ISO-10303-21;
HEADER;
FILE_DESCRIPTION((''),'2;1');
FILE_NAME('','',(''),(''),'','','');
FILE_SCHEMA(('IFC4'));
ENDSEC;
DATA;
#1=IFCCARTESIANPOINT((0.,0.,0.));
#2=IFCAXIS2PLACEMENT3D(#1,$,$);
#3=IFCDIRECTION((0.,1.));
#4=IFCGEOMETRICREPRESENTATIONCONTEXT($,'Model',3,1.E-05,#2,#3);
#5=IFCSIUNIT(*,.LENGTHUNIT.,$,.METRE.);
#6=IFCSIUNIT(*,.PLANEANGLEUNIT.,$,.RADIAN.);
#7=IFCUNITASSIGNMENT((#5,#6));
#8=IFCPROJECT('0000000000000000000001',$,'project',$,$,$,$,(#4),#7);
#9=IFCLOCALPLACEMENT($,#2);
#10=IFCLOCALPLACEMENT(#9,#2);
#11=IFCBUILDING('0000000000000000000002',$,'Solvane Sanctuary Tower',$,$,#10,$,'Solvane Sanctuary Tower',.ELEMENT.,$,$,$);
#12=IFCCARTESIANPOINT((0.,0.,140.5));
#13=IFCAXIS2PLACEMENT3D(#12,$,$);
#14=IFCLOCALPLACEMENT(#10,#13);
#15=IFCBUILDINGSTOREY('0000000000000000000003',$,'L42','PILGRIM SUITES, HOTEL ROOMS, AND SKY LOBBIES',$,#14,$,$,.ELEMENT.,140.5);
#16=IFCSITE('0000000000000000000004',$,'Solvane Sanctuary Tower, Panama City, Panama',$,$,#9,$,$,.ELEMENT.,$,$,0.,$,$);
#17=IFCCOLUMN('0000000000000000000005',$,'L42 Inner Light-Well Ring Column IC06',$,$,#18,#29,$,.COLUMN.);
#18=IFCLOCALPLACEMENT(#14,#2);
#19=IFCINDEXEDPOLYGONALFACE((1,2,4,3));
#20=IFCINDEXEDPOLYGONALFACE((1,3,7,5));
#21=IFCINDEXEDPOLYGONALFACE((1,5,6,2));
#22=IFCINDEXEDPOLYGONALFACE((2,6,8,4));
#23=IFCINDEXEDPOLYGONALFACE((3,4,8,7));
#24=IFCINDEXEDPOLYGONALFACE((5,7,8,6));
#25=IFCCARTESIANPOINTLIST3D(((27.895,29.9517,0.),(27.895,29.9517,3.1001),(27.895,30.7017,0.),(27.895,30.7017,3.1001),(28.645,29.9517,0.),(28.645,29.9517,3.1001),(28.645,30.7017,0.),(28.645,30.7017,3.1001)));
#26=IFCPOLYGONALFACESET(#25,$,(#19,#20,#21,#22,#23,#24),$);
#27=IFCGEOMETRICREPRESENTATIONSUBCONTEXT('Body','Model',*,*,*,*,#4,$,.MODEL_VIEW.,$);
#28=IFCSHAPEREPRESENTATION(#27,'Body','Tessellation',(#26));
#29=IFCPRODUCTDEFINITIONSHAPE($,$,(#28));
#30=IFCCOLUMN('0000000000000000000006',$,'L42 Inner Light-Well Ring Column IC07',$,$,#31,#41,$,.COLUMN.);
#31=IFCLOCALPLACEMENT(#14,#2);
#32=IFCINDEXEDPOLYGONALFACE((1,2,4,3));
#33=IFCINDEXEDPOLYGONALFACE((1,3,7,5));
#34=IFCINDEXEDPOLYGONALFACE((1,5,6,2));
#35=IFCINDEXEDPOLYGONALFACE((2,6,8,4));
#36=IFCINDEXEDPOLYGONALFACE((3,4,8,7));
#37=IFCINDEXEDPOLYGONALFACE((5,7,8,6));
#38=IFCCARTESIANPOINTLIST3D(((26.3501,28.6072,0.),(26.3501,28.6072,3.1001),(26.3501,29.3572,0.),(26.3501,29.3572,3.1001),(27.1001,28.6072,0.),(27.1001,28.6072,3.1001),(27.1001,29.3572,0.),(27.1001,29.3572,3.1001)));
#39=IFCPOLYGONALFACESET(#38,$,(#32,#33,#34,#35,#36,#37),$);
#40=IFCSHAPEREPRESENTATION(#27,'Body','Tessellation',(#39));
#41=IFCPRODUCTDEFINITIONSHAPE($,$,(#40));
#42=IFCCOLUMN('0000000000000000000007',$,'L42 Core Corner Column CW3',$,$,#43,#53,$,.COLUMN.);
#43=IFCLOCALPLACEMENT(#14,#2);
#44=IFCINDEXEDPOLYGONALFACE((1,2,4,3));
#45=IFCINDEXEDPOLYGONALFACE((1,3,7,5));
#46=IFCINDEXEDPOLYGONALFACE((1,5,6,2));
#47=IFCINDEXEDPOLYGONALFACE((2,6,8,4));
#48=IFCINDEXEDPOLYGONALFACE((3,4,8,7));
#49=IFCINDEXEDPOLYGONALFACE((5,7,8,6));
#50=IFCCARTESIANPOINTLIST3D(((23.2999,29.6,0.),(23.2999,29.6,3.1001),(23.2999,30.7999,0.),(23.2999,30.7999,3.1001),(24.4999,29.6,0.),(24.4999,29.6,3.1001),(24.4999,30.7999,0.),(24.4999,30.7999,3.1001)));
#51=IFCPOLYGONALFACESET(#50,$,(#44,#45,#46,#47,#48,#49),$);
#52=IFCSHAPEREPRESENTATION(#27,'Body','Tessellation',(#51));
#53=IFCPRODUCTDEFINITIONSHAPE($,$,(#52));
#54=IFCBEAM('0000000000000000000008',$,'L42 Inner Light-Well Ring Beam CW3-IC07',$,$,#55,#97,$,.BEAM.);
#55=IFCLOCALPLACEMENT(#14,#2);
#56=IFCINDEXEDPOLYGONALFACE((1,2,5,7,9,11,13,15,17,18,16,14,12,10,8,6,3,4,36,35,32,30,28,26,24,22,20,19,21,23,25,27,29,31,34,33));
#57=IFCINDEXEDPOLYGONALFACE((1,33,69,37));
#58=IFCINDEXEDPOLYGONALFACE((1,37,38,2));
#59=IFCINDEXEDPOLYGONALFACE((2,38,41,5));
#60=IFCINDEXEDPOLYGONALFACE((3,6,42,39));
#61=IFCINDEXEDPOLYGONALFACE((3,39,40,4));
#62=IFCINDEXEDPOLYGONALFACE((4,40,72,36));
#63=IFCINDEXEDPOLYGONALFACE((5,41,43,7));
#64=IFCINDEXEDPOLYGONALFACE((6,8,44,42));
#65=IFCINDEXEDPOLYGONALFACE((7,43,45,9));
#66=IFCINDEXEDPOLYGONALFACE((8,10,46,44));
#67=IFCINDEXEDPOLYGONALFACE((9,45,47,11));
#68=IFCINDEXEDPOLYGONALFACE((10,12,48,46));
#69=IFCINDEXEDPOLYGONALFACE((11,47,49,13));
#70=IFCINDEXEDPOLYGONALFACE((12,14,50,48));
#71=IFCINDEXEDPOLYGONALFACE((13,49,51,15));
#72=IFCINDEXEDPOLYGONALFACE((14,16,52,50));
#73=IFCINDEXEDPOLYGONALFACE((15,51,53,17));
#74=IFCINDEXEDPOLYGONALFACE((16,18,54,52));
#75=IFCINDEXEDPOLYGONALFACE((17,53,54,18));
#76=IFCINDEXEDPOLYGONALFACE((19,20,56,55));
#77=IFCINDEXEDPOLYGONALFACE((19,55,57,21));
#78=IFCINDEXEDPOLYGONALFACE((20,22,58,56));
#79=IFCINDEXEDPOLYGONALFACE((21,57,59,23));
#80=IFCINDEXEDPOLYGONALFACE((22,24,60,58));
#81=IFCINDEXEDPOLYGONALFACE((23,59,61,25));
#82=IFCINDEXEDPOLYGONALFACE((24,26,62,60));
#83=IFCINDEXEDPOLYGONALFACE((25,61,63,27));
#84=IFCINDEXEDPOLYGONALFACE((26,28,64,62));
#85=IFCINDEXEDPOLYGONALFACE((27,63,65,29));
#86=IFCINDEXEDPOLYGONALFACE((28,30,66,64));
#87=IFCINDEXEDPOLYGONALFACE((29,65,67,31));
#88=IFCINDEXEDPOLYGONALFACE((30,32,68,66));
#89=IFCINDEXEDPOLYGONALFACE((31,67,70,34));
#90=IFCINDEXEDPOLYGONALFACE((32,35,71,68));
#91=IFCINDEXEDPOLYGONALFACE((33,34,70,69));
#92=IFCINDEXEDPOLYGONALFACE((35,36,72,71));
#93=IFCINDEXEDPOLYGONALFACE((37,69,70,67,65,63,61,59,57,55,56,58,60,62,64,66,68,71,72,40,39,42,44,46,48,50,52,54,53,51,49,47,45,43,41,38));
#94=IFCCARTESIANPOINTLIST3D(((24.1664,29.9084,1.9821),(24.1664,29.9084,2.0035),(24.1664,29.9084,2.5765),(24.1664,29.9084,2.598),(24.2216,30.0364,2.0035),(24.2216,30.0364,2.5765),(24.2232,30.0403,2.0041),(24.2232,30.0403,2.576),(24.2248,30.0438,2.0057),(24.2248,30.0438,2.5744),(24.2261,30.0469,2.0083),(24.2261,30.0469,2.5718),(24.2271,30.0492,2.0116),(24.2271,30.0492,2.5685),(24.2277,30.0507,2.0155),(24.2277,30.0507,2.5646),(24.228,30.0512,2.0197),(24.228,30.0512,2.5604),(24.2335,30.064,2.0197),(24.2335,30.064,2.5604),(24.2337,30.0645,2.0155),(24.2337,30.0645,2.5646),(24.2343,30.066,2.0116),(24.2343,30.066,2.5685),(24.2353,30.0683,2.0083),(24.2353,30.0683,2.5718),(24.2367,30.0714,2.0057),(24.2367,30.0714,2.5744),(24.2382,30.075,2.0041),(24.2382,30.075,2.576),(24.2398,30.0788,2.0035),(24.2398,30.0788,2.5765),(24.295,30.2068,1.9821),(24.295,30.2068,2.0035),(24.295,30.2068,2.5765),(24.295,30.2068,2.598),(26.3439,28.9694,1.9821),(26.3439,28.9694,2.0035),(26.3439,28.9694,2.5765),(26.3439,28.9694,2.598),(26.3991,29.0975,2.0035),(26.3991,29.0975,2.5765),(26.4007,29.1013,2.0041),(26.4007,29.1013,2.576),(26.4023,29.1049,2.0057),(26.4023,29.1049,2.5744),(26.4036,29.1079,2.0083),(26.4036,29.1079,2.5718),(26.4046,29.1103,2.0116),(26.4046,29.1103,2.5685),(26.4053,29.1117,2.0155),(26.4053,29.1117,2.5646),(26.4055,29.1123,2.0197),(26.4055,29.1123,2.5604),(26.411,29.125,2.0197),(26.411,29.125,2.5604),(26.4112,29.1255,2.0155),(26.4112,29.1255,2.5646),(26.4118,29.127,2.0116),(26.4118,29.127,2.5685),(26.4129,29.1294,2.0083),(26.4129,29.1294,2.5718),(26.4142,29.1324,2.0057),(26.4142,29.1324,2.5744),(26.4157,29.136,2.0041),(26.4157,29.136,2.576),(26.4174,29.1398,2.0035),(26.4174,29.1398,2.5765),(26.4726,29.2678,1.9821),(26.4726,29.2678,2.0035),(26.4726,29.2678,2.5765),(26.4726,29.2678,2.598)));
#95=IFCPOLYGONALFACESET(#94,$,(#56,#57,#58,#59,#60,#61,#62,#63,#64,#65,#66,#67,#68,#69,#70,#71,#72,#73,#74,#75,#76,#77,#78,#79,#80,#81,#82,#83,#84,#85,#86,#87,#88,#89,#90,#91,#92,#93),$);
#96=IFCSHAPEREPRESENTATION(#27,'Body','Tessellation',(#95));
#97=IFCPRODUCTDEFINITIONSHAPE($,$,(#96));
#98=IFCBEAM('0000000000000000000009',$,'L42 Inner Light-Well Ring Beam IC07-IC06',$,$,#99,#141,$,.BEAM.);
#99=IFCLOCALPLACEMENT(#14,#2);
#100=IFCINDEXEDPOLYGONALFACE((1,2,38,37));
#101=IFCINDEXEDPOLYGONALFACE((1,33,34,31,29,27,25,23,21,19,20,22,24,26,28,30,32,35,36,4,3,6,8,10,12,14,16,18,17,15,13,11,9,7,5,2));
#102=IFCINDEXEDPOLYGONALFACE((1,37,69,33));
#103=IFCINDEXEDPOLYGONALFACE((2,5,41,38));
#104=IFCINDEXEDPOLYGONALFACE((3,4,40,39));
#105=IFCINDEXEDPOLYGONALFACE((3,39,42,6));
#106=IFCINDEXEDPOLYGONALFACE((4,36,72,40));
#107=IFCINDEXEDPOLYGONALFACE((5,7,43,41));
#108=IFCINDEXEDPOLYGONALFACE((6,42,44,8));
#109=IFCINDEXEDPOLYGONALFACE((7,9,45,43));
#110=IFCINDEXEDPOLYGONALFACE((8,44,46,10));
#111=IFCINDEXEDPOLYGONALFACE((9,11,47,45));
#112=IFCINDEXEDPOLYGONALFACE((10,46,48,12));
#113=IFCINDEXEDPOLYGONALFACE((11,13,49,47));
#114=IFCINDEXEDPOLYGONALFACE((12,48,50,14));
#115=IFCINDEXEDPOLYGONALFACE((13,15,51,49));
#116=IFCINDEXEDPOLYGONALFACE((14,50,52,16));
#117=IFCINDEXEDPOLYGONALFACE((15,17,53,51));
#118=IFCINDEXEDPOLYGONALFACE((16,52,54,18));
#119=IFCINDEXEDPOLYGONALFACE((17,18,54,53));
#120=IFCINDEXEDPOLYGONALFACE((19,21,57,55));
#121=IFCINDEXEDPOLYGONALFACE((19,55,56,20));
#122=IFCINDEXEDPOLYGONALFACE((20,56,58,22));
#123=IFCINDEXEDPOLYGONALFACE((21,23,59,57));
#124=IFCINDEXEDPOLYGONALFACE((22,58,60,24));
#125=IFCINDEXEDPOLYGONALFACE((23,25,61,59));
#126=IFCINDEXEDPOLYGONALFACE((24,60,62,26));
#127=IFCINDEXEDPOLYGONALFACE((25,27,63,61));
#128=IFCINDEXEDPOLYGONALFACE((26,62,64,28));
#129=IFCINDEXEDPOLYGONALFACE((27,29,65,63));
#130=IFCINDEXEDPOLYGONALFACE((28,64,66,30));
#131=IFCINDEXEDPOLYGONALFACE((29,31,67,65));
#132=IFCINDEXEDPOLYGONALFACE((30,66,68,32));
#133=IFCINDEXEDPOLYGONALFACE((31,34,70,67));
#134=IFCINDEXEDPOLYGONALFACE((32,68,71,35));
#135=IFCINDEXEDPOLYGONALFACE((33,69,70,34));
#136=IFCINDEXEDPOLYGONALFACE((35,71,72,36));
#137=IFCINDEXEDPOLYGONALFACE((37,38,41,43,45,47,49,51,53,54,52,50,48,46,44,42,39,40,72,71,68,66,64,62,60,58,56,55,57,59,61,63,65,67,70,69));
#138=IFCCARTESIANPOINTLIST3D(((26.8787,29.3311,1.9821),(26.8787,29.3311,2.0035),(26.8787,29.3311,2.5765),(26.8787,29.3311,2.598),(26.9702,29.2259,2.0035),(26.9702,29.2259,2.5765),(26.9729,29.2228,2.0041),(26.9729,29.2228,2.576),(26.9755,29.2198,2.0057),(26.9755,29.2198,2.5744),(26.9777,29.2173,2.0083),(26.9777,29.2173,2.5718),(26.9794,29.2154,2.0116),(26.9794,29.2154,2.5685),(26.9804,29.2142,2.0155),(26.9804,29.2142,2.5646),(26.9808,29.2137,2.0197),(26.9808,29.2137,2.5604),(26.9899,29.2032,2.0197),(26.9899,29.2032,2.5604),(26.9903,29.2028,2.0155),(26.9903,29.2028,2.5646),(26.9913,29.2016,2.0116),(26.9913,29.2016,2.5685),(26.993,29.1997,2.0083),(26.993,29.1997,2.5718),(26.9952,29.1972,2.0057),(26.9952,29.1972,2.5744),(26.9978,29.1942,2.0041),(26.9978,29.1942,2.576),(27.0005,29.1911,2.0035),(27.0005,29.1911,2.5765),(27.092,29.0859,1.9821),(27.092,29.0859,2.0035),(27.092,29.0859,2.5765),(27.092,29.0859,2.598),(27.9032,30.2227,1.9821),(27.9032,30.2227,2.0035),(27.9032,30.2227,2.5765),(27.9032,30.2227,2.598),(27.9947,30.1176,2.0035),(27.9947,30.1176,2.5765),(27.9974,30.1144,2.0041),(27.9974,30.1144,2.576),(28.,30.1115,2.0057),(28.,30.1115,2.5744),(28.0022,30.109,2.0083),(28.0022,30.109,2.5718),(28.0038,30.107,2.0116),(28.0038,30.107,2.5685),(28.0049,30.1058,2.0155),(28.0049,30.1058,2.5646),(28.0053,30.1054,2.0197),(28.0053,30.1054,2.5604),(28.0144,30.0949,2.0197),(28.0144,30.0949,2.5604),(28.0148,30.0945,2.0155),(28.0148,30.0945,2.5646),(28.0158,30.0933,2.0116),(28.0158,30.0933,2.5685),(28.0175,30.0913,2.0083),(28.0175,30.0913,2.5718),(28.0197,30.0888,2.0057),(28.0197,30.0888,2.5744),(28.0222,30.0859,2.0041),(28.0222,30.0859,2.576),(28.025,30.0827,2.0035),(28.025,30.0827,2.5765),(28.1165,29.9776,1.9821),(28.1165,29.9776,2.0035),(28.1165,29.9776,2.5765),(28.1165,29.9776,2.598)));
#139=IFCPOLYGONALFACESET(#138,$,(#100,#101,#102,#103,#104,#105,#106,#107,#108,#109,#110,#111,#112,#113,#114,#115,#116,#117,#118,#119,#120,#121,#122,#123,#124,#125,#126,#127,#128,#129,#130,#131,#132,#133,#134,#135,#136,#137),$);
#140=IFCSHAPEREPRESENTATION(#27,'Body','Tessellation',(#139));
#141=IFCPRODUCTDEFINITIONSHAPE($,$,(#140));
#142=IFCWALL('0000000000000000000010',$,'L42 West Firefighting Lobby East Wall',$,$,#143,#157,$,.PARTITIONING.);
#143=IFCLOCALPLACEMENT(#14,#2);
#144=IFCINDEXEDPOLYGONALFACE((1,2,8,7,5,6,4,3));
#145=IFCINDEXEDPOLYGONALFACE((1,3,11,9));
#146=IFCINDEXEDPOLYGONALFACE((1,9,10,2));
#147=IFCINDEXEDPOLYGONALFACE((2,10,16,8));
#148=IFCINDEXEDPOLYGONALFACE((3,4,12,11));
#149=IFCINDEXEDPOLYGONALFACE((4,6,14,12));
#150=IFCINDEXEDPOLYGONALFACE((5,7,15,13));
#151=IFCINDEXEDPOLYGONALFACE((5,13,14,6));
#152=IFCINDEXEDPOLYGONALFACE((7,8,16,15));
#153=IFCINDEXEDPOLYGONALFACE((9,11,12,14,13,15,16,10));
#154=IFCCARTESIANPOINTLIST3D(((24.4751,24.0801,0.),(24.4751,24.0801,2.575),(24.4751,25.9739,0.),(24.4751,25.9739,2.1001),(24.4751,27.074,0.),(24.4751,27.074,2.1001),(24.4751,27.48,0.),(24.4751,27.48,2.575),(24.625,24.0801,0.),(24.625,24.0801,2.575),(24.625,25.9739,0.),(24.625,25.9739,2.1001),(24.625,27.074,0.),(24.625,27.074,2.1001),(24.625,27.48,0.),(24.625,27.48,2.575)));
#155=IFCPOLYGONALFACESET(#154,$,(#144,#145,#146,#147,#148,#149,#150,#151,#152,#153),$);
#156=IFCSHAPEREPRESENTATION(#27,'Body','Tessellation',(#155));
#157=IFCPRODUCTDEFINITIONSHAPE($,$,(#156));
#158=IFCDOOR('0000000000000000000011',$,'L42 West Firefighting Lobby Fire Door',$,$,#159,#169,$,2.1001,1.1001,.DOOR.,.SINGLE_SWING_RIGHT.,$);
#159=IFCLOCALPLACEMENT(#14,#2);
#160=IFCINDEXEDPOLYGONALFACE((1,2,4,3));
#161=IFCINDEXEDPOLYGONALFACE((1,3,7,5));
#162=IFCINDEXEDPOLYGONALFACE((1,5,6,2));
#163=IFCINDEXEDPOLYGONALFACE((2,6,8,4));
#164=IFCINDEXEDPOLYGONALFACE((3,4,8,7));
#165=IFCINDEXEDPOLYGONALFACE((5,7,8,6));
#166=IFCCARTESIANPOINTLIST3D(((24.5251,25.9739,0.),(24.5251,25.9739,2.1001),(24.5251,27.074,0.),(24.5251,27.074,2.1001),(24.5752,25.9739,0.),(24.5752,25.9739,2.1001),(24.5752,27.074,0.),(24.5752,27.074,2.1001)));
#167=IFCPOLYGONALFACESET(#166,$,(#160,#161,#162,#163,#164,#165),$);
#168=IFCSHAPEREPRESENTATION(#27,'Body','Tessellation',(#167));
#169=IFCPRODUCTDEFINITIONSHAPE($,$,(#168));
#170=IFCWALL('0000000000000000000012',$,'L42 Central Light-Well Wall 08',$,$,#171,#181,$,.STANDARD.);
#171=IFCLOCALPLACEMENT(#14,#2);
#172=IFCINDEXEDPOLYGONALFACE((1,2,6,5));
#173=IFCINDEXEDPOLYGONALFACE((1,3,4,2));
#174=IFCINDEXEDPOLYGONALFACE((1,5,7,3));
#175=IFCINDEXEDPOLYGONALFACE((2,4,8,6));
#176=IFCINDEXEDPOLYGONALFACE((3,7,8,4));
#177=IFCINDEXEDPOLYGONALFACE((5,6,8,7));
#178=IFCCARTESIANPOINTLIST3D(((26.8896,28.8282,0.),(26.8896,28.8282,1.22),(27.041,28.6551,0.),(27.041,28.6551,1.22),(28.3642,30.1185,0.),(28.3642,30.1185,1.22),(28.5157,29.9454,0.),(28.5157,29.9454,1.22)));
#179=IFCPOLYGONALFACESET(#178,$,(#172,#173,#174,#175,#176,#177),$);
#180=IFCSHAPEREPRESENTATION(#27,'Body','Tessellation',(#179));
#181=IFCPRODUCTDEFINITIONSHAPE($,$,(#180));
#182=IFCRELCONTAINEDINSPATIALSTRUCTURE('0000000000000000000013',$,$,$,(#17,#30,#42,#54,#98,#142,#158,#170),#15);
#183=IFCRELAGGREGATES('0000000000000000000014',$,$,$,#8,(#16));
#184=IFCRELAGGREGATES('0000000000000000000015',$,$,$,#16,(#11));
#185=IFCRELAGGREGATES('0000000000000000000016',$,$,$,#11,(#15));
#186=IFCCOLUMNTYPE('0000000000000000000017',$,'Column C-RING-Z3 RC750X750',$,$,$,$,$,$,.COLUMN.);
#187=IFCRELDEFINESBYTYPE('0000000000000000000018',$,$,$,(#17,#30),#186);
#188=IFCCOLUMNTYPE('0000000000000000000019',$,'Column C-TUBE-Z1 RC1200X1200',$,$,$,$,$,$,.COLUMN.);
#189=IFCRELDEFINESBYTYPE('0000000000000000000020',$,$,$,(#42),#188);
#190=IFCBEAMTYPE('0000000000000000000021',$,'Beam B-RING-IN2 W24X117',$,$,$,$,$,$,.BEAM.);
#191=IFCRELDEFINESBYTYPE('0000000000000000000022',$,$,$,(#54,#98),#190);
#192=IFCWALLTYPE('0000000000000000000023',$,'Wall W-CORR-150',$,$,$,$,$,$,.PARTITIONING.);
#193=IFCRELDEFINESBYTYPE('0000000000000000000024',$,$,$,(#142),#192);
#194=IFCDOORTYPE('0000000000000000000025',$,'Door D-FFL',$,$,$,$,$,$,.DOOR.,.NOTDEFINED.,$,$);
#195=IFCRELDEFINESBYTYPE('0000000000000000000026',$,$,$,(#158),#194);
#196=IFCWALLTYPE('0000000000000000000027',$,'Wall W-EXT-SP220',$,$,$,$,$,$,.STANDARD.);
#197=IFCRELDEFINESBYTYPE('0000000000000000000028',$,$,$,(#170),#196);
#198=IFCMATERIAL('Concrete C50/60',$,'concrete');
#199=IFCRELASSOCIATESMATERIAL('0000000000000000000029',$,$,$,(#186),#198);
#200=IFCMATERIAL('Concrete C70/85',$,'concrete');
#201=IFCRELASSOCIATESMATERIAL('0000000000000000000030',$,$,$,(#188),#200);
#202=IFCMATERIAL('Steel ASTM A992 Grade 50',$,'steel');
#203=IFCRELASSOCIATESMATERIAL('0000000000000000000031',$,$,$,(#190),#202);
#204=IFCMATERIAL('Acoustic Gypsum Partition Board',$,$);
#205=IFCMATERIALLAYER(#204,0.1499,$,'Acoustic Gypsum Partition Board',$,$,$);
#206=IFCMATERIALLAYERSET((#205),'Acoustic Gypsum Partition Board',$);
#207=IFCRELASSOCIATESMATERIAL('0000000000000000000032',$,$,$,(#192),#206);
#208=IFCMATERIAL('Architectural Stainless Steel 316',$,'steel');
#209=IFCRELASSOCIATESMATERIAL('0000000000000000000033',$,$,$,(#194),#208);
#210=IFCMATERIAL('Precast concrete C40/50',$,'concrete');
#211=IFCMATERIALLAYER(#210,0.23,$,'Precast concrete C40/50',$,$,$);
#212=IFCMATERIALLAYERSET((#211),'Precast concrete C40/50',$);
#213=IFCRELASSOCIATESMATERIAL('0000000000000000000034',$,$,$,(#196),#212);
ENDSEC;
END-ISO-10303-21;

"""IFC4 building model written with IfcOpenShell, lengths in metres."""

from ifc_helpers import new_model, si_unit, direction, frame, frame_2d, origin, origin_2d, place, context, subcontext, project, spatial, rectangle, i_section, extrude, material, layer, layer_set, material_profile, profile_set, type_object, element, fill, save


model = new_model("IFC4")

# Units and contexts
model_context = context("Model", 3, precision=1e-05, world=origin(), true_north=direction((0.0, 1.0)))
body_context = subcontext(model_context, "Body", "Model", "MODEL_VIEW")
ifc_project = project(units=[si_unit("LENGTHUNIT", "METRE"), si_unit("PLANEANGLEUNIT", "RADIAN")], contexts=[model_context])

# Site, building, storey
site_placement = place(None, origin())
site = spatial("IfcSite", under=ifc_project, at=site_placement, Name="Solvane Sanctuary Tower, Panama City, Panama", CompositionType="ELEMENT", RefElevation=0.0)
building_placement = place(site_placement, origin())
building = spatial("IfcBuilding", under=site, at=building_placement, Name="Solvane Sanctuary Tower", LongName="Solvane Sanctuary Tower", CompositionType="ELEMENT")
storey_placement = place(building_placement, frame((0.0, 0.0, 140.5)))
storey = spatial("IfcBuildingStorey", under=building, at=storey_placement, Name="L42", Description="PILGRIM SUITES, HOTEL ROOMS, AND SKY LOBBIES", CompositionType="ELEMENT", Elevation=140.5)

# Columns
ifc_material_1 = material(Name="Concrete C50/60", Category="concrete")
ifc_material_profile_1 = material_profile(ifc_material_1, rectangle(XDim=0.75, YDim=0.75, at=origin_2d()), Name="RC750X750")
ifc_profile_set_1 = profile_set([ifc_material_profile_1], Name="Concrete C50/60")
column_type_1 = type_object("IfcColumnType", Name="Column C-RING-Z3 RC750X750", PredefinedType="COLUMN", material=ifc_profile_set_1)
for number, where, z_axis, x_axis, name in (
    (1, (28.27, 30.3267, 0.0), (0.0, 0.0, 1.0), (1.0, 0.0, 0.0), "L42 Inner Light-Well Ring Column IC06"),
    (2, (26.7251, 28.9822, 0.0), (0.0, 0.0, 1.0), (1.0, 0.0, 0.0), "L42 Inner Light-Well Ring Column IC07"),
):
    element("IfcColumn", number, at=place(storey_placement, frame(where, z_axis=z_axis, x_axis=x_axis)), inside=storey, type_object=column_type_1, Name=name, PredefinedType="COLUMN", context=body_context, shape_type="SweptSolid", body=[
        extrude(rectangle(XDim=0.75, YDim=0.75, at=origin_2d()), origin(), (0.0, 0.0, 1.0), 3.1001),
    ])
ifc_material_2 = material(Name="Concrete C70/85", Category="concrete")
ifc_material_profile_2 = material_profile(ifc_material_2, rectangle(XDim=1.2, YDim=1.2, at=origin_2d()), Name="RC1200X1200")
ifc_profile_set_2 = profile_set([ifc_material_profile_2], Name="Concrete C70/85")
column_type_2 = type_object("IfcColumnType", Name="Column C-TUBE-Z1 RC1200X1200", PredefinedType="COLUMN", material=ifc_profile_set_2)
column_placement = place(storey_placement, frame((23.8999, 30.2, 0.0), z_axis=(0.0, 0.0, 1.0), x_axis=(1.0, 0.0, 0.0)))
element("IfcColumn", 3, at=column_placement, inside=storey, type_object=column_type_2, Name="L42 Core Corner Column CW3", PredefinedType="COLUMN", context=body_context, shape_type="SweptSolid", body=[
    extrude(rectangle(XDim=1.2, YDim=1.2, at=origin_2d()), origin(), (0.0, 0.0, 1.0), 3.1001),
])

# Beams
ifc_material_3 = material(Name="Steel ASTM A992 Grade 50", Category="steel")
ifc_material_profile_3 = material_profile(ifc_material_3, i_section(OverallWidth=0.325, OverallDepth=0.616, WebThickness=0.0139, FlangeThickness=0.0215, FilletRadius=0.0161, at=origin_2d()), Name="W24X117")
ifc_profile_set_3 = profile_set([ifc_material_profile_3], Name="Steel ASTM A992 Grade 50")
beam_type = type_object("IfcBeamType", Name="Beam B-RING-IN2 W24X117", PredefinedType="BEAM", material=ifc_profile_set_3)
beam_1_placement = place(storey_placement, frame((24.2307, 30.0576, 2.29), z_axis=(0.918264, -0.395969, 0.0), x_axis=(0.395969, 0.918264, 0.0)))
element("IfcBeam", 4, at=beam_1_placement, inside=storey, type_object=beam_type, Name="L42 Inner Light-Well Ring Beam CW3-IC07", PredefinedType="BEAM", context=body_context, shape_type="SweptSolid", body=[
    extrude(i_section(OverallWidth=0.325, OverallDepth=0.616, WebThickness=0.0139, FlangeThickness=0.0215, FilletRadius=0.0161, at=origin_2d()), origin(), (0.0, 0.0, 1.0), 2.3713),
])
beam_2_placement = place(storey_placement, frame((26.9854, 29.2085, 2.29), z_axis=(0.754311, 0.656517, 0.0), x_axis=(-0.656517, 0.754311, 0.0)))
element("IfcBeam", 5, at=beam_2_placement, inside=storey, type_object=beam_type, Name="L42 Inner Light-Well Ring Beam IC07-IC06", PredefinedType="BEAM", context=body_context, shape_type="SweptSolid", body=[
    extrude(i_section(OverallWidth=0.325, OverallDepth=0.616, WebThickness=0.0139, FlangeThickness=0.0215, FilletRadius=0.0161, at=origin_2d()), origin(), (0.0, 0.0, 1.0), 1.3582),
])

# Wall, opening, door
ifc_material_4 = material(Name="Acoustic Gypsum Partition Board")
ifc_layer_1 = layer(ifc_material_4, 0.1499, Name="Acoustic Gypsum Partition Board")
ifc_layer_set_1 = layer_set([ifc_layer_1], Name="Acoustic Gypsum Partition Board")
wall_type_1 = type_object("IfcWallType", Name="Wall W-CORR-150", PredefinedType="PARTITIONING", material=ifc_layer_set_1)
wall_1_placement = place(storey_placement, frame((24.55, 24.0801, 0.0), z_axis=(0.0, 0.0, 1.0), x_axis=(0.0, 1.0, 0.0)))
wall_1 = element("IfcWall", 6, at=wall_1_placement, inside=storey, type_object=wall_type_1, Name="L42 West Firefighting Lobby East Wall", PredefinedType="PARTITIONING", context=body_context, shape_type="SweptSolid", body=[
    extrude(rectangle(XDim=3.3999, YDim=0.1499, at=frame_2d((1.7, 0.0))), origin(), (0.0, 0.0, 1.0), 2.575),
])
opening_1_placement = place(wall_1_placement, frame((1.8938, 0.0, 0.0)))
opening_1 = element("IfcOpeningElement", 7, at=opening_1_placement, cuts=wall_1, PredefinedType="OPENING", context=body_context, shape_type="SweptSolid", body=[
    extrude(rectangle(XDim=1.1001, YDim=2.1001, at=frame_2d((0.55, 1.05))), frame((0.0, 0.085, 0.0), z_axis=(0.0, -1.0, 0.0), x_axis=(1.0, 0.0, 0.0)), (0.0, 0.0, 1.0), 0.1699),
])
ifc_material_5 = material(Name="Architectural Stainless Steel 316", Category="steel")
door_type_1 = type_object("IfcDoorType", Name="Door D-FFL", OperationType="NOTDEFINED", PredefinedType="DOOR", material=ifc_material_5)
door_1_placement = place(opening_1_placement, origin())
door_1 = element("IfcDoor", 8, at=door_1_placement, inside=storey, type_object=door_type_1, Name="L42 West Firefighting Lobby Fire Door", OperationType="SINGLE_SWING_RIGHT", OverallHeight=2.1001, OverallWidth=1.1001, PredefinedType="DOOR", context=body_context, shape_type="SweptSolid", body=[
    extrude(rectangle(XDim=1.1001, YDim=2.1001, at=frame_2d((0.55, 1.05))), frame((0.0, 0.0249, 0.0), z_axis=(0.0, -1.0, 0.0), x_axis=(1.0, 0.0, 0.0)), (0.0, 0.0, 1.0), 0.05),
])
fill(opening_1, door_1)

# Wall
ifc_material_6 = material(Name="Precast concrete C40/50", Category="concrete")
ifc_layer_2 = layer(ifc_material_6, 0.23, Name="Precast concrete C40/50")
ifc_layer_set_2 = layer_set([ifc_layer_2], Name="Precast concrete C40/50")
wall_type_2 = type_object("IfcWallType", Name="Wall W-EXT-SP220", PredefinedType="STANDARD", material=ifc_layer_set_2)
wall_2_placement = place(storey_placement, frame((28.4399, 30.032, 0.0), z_axis=(0.0, 0.0, 1.0), x_axis=(-0.752577, -0.658505, 0.0)))
element("IfcWall", 9, at=wall_2_placement, inside=storey, type_object=wall_type_2, Name="L42 Central Light-Well Wall 08", PredefinedType="STANDARD", context=body_context, shape_type="SweptSolid", body=[
    extrude(rectangle(XDim=1.9595, YDim=0.23, at=frame_2d((0.9797, 0.0))), origin(), (0.0, 0.0, 1.0), 1.22),
])

save(model, "model.ifc")
